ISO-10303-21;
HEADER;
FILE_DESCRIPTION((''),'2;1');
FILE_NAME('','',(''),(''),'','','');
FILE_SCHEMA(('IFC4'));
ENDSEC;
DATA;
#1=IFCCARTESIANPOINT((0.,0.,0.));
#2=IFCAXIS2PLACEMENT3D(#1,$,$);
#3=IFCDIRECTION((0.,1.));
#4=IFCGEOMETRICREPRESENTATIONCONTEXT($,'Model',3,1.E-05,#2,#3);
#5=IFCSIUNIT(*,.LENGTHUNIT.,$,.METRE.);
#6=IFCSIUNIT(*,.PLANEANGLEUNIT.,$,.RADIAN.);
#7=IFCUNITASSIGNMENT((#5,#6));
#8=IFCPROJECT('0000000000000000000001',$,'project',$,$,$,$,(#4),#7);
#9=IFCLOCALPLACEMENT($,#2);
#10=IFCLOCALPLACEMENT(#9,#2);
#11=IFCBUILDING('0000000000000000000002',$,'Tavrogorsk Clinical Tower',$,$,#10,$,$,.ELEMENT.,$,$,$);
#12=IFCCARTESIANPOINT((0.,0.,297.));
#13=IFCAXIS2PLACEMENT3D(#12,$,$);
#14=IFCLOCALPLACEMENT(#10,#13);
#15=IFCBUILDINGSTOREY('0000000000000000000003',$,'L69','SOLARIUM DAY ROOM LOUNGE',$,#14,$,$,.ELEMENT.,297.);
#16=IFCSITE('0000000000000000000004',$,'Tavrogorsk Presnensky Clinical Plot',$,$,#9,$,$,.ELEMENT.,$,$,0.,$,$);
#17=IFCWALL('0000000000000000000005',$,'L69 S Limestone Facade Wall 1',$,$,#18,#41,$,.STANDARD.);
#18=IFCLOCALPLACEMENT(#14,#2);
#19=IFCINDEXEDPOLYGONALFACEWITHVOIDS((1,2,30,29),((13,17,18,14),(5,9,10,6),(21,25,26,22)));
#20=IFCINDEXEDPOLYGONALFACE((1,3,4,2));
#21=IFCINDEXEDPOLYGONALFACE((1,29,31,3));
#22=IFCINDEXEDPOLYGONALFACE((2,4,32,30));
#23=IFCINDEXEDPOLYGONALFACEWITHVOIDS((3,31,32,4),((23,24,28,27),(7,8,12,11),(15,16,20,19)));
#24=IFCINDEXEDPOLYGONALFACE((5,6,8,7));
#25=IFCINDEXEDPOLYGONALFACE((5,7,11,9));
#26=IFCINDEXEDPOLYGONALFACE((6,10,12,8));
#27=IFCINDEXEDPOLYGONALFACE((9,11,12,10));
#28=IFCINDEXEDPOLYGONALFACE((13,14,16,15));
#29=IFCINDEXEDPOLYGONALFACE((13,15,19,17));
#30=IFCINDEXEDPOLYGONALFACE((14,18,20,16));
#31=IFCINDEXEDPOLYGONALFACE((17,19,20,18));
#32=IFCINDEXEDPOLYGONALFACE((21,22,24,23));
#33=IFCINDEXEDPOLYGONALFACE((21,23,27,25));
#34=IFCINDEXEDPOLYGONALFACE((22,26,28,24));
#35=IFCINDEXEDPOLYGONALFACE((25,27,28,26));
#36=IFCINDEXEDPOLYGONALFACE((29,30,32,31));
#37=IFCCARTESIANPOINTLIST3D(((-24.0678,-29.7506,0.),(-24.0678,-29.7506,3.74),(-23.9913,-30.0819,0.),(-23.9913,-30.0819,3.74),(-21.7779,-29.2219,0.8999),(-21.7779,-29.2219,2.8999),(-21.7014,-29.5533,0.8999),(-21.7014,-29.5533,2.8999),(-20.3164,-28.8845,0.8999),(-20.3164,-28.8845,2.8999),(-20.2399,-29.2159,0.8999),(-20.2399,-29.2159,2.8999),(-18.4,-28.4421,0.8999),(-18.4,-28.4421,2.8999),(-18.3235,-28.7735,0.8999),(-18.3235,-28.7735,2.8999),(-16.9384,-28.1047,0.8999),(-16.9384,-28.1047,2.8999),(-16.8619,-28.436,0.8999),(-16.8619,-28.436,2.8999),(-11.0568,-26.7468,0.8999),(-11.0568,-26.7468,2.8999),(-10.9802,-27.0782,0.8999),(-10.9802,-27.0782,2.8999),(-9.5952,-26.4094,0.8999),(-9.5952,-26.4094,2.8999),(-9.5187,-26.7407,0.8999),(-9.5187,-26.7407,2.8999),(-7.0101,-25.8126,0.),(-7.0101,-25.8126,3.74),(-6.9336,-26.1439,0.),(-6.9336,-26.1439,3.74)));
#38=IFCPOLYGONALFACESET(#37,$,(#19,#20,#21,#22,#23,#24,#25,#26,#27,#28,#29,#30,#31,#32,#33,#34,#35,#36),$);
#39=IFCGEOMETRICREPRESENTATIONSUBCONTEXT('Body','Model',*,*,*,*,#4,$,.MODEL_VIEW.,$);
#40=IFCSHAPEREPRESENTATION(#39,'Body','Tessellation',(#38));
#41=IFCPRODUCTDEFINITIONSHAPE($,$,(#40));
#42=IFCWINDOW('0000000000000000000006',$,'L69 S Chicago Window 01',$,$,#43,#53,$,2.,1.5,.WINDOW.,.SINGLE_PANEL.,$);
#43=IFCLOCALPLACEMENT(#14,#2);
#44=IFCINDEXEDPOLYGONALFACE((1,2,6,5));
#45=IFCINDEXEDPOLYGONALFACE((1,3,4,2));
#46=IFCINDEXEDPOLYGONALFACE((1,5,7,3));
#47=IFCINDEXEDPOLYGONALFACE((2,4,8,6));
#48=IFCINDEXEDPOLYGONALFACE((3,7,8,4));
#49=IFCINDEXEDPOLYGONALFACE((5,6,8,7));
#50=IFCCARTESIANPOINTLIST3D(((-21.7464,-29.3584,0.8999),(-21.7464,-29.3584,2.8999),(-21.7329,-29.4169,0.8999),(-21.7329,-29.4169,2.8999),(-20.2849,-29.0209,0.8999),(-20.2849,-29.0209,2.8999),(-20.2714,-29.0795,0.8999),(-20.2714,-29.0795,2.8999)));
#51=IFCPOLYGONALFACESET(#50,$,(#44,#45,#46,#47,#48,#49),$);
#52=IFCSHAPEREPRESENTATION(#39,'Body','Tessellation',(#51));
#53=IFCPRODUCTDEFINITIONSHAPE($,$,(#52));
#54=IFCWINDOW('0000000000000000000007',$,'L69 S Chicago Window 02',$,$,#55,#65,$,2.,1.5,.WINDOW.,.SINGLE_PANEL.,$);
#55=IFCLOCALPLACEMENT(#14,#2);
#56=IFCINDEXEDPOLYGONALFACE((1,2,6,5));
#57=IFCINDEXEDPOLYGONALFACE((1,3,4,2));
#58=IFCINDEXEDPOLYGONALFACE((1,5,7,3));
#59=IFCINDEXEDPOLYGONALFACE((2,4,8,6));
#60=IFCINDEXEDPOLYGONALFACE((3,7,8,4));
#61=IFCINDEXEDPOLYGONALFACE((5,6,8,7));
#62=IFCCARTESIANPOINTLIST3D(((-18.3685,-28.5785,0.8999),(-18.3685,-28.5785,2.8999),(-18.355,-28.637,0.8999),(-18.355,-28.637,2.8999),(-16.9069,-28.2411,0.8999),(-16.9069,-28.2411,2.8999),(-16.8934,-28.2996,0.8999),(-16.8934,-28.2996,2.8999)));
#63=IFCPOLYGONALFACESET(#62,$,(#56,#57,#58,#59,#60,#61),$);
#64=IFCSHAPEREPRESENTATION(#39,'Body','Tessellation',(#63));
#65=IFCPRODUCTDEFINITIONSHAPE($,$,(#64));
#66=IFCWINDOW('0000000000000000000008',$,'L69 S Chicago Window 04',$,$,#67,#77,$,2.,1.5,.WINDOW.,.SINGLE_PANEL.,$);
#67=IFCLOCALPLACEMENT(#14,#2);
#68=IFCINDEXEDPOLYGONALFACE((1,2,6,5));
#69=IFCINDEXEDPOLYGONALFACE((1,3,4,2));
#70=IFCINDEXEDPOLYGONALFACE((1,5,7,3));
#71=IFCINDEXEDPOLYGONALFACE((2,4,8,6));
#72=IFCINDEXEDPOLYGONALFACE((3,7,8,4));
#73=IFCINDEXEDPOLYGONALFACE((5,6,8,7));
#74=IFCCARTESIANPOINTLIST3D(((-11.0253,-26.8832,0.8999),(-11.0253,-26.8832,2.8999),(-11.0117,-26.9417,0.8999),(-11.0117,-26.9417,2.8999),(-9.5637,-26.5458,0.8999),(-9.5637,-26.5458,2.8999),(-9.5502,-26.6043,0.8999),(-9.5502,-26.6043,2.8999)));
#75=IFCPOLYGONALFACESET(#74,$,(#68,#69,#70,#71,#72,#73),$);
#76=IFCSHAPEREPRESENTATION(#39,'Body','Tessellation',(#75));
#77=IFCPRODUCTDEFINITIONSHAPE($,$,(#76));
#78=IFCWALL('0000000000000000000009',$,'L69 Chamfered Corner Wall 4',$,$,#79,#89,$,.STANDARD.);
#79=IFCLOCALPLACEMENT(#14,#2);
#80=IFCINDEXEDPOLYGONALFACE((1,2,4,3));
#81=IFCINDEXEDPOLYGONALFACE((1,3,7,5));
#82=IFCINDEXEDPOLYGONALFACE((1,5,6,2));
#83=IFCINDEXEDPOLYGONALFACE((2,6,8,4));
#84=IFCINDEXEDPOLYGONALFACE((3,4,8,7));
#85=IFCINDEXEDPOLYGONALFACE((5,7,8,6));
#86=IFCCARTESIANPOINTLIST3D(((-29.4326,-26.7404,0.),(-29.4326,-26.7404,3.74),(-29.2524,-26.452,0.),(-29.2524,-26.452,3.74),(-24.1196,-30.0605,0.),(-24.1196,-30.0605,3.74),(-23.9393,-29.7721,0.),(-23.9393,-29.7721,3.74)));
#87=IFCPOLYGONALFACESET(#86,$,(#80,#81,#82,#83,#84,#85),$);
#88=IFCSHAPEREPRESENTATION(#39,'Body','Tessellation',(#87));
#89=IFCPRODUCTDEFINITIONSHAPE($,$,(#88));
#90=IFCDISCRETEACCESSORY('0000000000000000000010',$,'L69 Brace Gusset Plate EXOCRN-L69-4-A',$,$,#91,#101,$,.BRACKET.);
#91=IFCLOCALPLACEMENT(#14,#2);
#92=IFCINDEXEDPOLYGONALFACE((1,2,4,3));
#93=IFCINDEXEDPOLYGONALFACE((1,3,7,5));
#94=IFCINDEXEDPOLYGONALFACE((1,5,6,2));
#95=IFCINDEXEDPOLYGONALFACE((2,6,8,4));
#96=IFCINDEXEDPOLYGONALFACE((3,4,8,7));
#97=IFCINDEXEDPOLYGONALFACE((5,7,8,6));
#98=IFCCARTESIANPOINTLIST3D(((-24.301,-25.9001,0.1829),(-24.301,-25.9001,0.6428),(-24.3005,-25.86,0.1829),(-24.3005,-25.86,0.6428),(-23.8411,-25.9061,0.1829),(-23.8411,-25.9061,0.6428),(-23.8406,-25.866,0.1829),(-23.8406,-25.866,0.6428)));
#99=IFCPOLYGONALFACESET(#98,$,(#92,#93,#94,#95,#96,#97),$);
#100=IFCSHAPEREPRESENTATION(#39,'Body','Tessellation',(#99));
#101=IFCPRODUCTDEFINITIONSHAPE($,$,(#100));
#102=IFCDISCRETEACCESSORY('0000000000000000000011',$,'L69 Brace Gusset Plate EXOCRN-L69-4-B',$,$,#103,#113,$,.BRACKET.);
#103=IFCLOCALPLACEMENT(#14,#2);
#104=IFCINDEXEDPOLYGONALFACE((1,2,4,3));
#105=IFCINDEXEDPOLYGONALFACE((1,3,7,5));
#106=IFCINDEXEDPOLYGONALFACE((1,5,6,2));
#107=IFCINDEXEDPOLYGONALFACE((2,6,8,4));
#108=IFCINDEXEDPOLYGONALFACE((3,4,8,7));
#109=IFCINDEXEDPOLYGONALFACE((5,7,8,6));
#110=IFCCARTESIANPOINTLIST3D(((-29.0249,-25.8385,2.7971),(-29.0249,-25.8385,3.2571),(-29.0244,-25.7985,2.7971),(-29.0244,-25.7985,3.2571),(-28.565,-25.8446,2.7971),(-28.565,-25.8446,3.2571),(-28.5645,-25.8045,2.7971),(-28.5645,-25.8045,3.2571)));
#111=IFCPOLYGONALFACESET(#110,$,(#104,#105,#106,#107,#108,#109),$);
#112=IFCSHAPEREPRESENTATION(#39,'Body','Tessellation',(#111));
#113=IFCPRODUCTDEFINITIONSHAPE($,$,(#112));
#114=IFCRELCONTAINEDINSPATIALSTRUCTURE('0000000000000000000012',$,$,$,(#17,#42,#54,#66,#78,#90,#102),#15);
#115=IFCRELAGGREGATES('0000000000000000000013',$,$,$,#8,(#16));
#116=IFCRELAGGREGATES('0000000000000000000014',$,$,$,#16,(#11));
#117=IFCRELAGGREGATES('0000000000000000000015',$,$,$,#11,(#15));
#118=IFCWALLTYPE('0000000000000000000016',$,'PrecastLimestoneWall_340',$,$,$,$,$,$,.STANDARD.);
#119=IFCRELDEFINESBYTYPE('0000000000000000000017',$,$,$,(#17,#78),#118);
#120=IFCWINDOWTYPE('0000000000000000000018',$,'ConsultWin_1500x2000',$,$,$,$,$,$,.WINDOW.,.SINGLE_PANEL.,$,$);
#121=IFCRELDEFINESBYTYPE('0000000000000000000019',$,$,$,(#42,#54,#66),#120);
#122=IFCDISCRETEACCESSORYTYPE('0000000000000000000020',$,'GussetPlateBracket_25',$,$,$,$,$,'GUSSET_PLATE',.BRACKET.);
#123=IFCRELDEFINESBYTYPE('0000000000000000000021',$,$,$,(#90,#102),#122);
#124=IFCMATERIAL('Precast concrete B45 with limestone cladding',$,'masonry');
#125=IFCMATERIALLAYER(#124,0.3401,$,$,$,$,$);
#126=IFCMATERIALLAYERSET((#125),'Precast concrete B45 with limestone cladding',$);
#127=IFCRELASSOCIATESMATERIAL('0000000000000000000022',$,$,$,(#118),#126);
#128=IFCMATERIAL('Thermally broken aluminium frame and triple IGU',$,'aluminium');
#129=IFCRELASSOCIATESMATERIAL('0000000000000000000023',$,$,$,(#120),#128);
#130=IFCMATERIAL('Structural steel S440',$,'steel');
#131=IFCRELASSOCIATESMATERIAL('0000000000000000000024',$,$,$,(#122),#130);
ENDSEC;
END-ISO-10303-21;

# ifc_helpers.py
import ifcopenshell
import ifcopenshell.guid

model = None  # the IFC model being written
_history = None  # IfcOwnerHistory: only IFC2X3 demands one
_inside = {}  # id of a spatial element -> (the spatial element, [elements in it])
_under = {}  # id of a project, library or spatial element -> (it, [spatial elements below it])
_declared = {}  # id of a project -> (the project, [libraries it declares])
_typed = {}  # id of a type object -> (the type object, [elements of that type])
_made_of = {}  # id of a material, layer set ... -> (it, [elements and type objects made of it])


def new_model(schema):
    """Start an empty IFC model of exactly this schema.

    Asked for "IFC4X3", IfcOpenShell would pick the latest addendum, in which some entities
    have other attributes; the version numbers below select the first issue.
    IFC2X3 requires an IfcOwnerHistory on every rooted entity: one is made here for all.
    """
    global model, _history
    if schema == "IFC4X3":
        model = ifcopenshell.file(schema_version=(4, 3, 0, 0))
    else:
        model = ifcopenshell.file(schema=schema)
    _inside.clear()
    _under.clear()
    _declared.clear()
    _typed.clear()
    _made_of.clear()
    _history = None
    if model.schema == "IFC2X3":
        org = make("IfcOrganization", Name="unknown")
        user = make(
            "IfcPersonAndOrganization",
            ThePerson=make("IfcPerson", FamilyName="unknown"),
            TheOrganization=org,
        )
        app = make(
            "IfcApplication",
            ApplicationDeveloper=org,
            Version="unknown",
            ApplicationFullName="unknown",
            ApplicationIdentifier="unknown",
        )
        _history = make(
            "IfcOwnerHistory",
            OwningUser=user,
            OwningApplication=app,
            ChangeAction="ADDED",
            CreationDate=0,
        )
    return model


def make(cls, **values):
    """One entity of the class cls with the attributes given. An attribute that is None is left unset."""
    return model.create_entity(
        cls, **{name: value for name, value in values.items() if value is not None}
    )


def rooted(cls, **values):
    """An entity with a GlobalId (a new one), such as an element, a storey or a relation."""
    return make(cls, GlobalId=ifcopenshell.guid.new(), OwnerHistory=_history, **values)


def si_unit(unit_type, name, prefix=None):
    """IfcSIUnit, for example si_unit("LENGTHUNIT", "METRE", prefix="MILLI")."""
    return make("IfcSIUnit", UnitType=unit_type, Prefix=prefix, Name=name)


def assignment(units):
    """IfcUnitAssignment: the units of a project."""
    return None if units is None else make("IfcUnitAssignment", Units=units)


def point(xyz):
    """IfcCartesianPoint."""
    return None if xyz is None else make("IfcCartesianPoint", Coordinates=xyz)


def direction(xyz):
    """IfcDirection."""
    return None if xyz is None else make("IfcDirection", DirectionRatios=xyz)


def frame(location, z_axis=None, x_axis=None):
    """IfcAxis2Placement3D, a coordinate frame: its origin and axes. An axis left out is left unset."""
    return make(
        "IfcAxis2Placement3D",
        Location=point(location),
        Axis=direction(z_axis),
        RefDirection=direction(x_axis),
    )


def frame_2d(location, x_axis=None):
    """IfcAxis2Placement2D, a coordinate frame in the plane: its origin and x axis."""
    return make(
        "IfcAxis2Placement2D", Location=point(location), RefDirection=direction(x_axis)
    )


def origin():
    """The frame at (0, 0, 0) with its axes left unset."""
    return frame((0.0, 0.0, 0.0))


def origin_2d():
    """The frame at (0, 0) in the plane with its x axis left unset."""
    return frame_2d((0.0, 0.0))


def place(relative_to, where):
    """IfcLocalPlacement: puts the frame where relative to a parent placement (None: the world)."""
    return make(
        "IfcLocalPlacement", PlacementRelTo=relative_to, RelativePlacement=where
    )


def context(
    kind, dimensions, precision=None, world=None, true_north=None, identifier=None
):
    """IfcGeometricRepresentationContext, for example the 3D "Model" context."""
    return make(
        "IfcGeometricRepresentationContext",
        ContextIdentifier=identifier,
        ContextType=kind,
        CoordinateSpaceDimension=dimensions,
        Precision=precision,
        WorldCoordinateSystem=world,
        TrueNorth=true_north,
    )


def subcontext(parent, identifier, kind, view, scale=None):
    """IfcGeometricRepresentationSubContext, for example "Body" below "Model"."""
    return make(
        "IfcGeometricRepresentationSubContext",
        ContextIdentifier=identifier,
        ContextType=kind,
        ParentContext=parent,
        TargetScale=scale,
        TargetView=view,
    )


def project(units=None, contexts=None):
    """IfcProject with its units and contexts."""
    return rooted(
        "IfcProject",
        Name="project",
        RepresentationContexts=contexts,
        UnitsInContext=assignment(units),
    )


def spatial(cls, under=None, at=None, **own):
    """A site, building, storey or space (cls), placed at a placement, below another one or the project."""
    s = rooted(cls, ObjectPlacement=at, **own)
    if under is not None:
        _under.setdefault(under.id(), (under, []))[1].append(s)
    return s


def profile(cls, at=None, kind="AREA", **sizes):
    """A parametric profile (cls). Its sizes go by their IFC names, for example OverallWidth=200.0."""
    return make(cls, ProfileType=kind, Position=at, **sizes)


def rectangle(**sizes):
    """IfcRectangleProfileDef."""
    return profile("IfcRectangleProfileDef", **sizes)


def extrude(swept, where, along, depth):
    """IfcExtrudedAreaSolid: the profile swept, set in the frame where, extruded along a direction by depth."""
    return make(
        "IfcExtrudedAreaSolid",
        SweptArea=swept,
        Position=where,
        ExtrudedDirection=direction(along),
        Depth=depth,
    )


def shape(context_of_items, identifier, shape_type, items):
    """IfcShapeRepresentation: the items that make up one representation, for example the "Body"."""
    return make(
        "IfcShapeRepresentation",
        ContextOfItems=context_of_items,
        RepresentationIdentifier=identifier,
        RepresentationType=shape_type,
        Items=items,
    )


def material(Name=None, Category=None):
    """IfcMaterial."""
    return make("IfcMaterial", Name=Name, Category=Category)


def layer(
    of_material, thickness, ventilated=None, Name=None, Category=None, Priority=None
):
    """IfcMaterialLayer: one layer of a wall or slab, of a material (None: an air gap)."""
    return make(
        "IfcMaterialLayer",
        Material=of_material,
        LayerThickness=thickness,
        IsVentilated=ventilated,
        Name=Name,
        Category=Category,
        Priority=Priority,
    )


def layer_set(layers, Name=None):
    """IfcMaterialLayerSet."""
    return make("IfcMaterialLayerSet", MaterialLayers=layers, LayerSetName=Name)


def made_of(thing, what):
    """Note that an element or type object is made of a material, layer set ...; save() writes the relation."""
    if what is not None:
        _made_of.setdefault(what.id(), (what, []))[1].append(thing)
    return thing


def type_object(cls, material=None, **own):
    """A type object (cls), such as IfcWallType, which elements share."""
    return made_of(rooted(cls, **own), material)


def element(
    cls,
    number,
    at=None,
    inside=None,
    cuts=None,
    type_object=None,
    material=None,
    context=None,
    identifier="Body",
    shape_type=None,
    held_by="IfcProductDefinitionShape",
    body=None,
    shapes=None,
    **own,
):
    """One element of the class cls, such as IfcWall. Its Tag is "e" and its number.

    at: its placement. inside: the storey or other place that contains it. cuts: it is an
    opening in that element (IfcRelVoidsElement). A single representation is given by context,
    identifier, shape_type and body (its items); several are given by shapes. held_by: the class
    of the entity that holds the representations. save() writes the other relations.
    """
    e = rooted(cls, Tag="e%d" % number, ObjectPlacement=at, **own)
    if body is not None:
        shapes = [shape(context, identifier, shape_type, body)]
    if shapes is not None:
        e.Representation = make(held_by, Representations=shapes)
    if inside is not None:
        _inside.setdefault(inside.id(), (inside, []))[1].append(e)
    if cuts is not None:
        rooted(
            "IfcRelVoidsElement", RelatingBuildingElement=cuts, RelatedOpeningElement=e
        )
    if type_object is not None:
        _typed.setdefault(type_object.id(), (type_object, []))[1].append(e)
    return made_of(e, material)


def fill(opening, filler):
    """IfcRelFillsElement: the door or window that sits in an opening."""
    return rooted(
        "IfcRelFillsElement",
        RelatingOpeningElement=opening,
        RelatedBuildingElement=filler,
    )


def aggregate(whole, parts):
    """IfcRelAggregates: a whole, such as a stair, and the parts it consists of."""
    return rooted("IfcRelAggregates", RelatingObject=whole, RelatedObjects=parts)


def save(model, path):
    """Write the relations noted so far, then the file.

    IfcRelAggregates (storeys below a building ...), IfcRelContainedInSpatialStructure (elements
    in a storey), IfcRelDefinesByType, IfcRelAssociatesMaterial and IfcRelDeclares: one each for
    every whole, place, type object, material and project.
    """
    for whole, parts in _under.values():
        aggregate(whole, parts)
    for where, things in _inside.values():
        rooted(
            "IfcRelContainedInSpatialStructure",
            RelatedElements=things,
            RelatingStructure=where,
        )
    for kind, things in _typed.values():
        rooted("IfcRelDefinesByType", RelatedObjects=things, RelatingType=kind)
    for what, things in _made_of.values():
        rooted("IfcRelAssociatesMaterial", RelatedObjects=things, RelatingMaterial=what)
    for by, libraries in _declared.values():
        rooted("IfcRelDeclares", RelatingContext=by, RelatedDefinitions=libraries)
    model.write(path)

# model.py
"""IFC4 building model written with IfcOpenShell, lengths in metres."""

from ifc_helpers import new_model, si_unit, direction, frame, frame_2d, origin, origin_2d, place, context, subcontext, project, spatial, rectangle, extrude, material, layer, layer_set, type_object, element, fill, save


model = new_model("IFC4")

# Units and contexts
model_context = context("Model", 3, precision=1e-05, world=origin(), true_north=direction((0.0, 1.0)))
body_context = subcontext(model_context, "Body", "Model", "MODEL_VIEW")
ifc_project = project(units=[si_unit("LENGTHUNIT", "METRE"), si_unit("PLANEANGLEUNIT", "RADIAN")], contexts=[model_context])

# Site, building, storey
site_placement = place(None, origin())
site = spatial("IfcSite", under=ifc_project, at=site_placement, Name="Tavrogorsk Presnensky Clinical Plot", CompositionType="ELEMENT", RefElevation=0.0)
building_placement = place(site_placement, origin())
building = spatial("IfcBuilding", under=site, at=building_placement, Name="Tavrogorsk Clinical Tower", CompositionType="ELEMENT")
storey_placement = place(building_placement, frame((0.0, 0.0, 297.0)))
storey = spatial("IfcBuildingStorey", under=building, at=storey_placement, Name="L69", Description="SOLARIUM DAY ROOM LOUNGE", CompositionType="ELEMENT", Elevation=297.0)

# Wall, openings, windows
ifc_material_1 = material(Name="Precast concrete B45 with limestone cladding", Category="masonry")
ifc_layer_1 = layer(ifc_material_1, 0.3401)
ifc_layer_set_1 = layer_set([ifc_layer_1], Name="Precast concrete B45 with limestone cladding")
wall_type_1 = type_object("IfcWallType", Name="PrecastLimestoneWall_340", PredefinedType="STANDARD", material=ifc_layer_set_1)
wall_1_placement = place(storey_placement, frame((-24.0295, -29.9163, 0.0), z_axis=(0.0, 0.0, 1.0), x_axis=(0.974371, 0.224947, 0.0)))
wall_1 = element("IfcWall", 1, at=wall_1_placement, inside=storey, type_object=wall_type_1, Name="L69 S Limestone Facade Wall 1", PredefinedType="STANDARD", context=body_context, shape_type="SweptSolid", body=[
    extrude(rectangle(XDim=17.5063, YDim=0.3401, at=frame_2d((8.7532, 0.0))), origin(), (0.0, 0.0, 1.0), 3.74),
])
opening_1_placement = place(wall_1_placement, frame((2.3501, 0.0, 0.8999)))
opening_1 = element("IfcOpeningElement", 2, at=opening_1_placement, cuts=wall_1, PredefinedType="OPENING", context=body_context, shape_type="SweptSolid", body=[
    extrude(rectangle(XDim=1.5, YDim=2.0, at=frame_2d((0.75, 1.0))), frame((0.0, 0.1799, 0.0), z_axis=(0.0, -1.0, 0.0), x_axis=(1.0, 0.0, 0.0)), (0.0, 0.0, 1.0), 0.3601),
])
opening_2_placement = place(wall_1_placement, frame((5.8169, 0.0, 0.8999)))
opening_2 = element("IfcOpeningElement", 3, at=opening_2_placement, cuts=wall_1, PredefinedType="OPENING", context=body_context, shape_type="SweptSolid", body=[
    extrude(rectangle(XDim=1.5, YDim=2.0, at=frame_2d((0.75, 1.0))), frame((0.0, 0.1799, 0.0), z_axis=(0.0, -1.0, 0.0), x_axis=(1.0, 0.0, 0.0)), (0.0, 0.0, 1.0), 0.3601),
])
opening_3_placement = place(wall_1_placement, frame((13.3533, 0.0, 0.8999)))
opening_3 = element("IfcOpeningElement", 4, at=opening_3_placement, cuts=wall_1, PredefinedType="OPENING", context=body_context, shape_type="SweptSolid", body=[
    extrude(rectangle(XDim=1.5, YDim=2.0, at=frame_2d((0.75, 1.0))), frame((0.0, 0.1799, 0.0), z_axis=(0.0, -1.0, 0.0), x_axis=(1.0, 0.0, 0.0)), (0.0, 0.0, 1.0), 0.3601),
])
ifc_material_2 = material(Name="Thermally broken aluminium frame and triple IGU", Category="aluminium")
window_type = type_object("IfcWindowType", Name="ConsultWin_1500x2000", PartitioningType="SINGLE_PANEL", PredefinedType="WINDOW", material=ifc_material_2)
window_1_placement = place(opening_1_placement, origin())
window_1 = element("IfcWindow", 5, at=window_1_placement, inside=storey, type_object=window_type, Name="L69 S Chicago Window 01", OverallHeight=2.0, OverallWidth=1.5, PartitioningType="SINGLE_PANEL", PredefinedType="WINDOW", context=body_context, shape_type="SweptSolid", body=[
    extrude(rectangle(XDim=1.5, YDim=2.0, at=frame_2d((0.75, 1.0))), frame((0.0, 0.03, 0.0), z_axis=(0.0, -1.0, 0.0), x_axis=(1.0, 0.0, 0.0)), (0.0, 0.0, 1.0), 0.0601),
])
fill(opening_1, window_1)
window_2_placement = place(opening_2_placement, origin())
window_2 = element("IfcWindow", 6, at=window_2_placement, inside=storey, type_object=window_type, Name="L69 S Chicago Window 02", OverallHeight=2.0, OverallWidth=1.5, PartitioningType="SINGLE_PANEL", PredefinedType="WINDOW", context=body_context, shape_type="SweptSolid", body=[
    extrude(rectangle(XDim=1.5, YDim=2.0, at=frame_2d((0.75, 1.0))), frame((0.0, 0.03, 0.0), z_axis=(0.0, -1.0, 0.0), x_axis=(1.0, 0.0, 0.0)), (0.0, 0.0, 1.0), 0.0601),
])
fill(opening_2, window_2)
window_3_placement = place(opening_3_placement, origin())
window_3 = element("IfcWindow", 7, at=window_3_placement, inside=storey, type_object=window_type, Name="L69 S Chicago Window 04", OverallHeight=2.0, OverallWidth=1.5, PartitioningType="SINGLE_PANEL", PredefinedType="WINDOW", context=body_context, shape_type="SweptSolid", body=[
    extrude(rectangle(XDim=1.5, YDim=2.0, at=frame_2d((0.75, 1.0))), frame((0.0, 0.03, 0.0), z_axis=(0.0, -1.0, 0.0), x_axis=(1.0, 0.0, 0.0)), (0.0, 0.0, 1.0), 0.0601),
])
fill(opening_3, window_3)

# Wall
wall_2_placement = place(storey_placement, frame((-29.3425, -26.5962, 0.0), z_axis=(0.0, 0.0, 1.0), x_axis=(0.848038, -0.529936, 0.0)))
element("IfcWall", 8, at=wall_2_placement, inside=storey, type_object=wall_type_1, Name="L69 Chamfered Corner Wall 4", PredefinedType="STANDARD", context=body_context, shape_type="SweptSolid", body=[
    extrude(rectangle(XDim=6.2651, YDim=0.3401, at=frame_2d((3.1326, 0.0))), origin(), (0.0, 0.0, 1.0), 3.74),
])

# Discrete accessories
ifc_material_3 = material(Name="Structural steel S440", Category="steel")
discrete_accessory_type = type_object("IfcDiscreteAccessoryType", Name="GussetPlateBracket_25", ElementType="GUSSET_PLATE", PredefinedType="BRACKET", material=ifc_material_3)
for number, where, z_axis, x_axis, name in (
    (9, (-24.0708, -25.8831, 0.1829), (0.0, 0.0, 1.0), (-0.999914, 0.01309, 0.0), "L69 Brace Gusset Plate EXOCRN-L69-4-A"),
    (10, (-28.7947, -25.8215, 2.7971), (0.0, 0.0, 1.0), (-0.999914, 0.01309, 0.0), "L69 Brace Gusset Plate EXOCRN-L69-4-B"),
):
    element("IfcDiscreteAccessory", number, at=place(storey_placement, frame(where, z_axis=z_axis, x_axis=x_axis)), inside=storey, type_object=discrete_accessory_type, Name=name, PredefinedType="BRACKET", context=body_context, shape_type="SweptSolid", body=[
        extrude(rectangle(XDim=0.46, YDim=0.04, at=origin_2d()), origin(), (0.0, 0.0, 1.0), 0.46),
    ])

save(model, "model.ifc")
